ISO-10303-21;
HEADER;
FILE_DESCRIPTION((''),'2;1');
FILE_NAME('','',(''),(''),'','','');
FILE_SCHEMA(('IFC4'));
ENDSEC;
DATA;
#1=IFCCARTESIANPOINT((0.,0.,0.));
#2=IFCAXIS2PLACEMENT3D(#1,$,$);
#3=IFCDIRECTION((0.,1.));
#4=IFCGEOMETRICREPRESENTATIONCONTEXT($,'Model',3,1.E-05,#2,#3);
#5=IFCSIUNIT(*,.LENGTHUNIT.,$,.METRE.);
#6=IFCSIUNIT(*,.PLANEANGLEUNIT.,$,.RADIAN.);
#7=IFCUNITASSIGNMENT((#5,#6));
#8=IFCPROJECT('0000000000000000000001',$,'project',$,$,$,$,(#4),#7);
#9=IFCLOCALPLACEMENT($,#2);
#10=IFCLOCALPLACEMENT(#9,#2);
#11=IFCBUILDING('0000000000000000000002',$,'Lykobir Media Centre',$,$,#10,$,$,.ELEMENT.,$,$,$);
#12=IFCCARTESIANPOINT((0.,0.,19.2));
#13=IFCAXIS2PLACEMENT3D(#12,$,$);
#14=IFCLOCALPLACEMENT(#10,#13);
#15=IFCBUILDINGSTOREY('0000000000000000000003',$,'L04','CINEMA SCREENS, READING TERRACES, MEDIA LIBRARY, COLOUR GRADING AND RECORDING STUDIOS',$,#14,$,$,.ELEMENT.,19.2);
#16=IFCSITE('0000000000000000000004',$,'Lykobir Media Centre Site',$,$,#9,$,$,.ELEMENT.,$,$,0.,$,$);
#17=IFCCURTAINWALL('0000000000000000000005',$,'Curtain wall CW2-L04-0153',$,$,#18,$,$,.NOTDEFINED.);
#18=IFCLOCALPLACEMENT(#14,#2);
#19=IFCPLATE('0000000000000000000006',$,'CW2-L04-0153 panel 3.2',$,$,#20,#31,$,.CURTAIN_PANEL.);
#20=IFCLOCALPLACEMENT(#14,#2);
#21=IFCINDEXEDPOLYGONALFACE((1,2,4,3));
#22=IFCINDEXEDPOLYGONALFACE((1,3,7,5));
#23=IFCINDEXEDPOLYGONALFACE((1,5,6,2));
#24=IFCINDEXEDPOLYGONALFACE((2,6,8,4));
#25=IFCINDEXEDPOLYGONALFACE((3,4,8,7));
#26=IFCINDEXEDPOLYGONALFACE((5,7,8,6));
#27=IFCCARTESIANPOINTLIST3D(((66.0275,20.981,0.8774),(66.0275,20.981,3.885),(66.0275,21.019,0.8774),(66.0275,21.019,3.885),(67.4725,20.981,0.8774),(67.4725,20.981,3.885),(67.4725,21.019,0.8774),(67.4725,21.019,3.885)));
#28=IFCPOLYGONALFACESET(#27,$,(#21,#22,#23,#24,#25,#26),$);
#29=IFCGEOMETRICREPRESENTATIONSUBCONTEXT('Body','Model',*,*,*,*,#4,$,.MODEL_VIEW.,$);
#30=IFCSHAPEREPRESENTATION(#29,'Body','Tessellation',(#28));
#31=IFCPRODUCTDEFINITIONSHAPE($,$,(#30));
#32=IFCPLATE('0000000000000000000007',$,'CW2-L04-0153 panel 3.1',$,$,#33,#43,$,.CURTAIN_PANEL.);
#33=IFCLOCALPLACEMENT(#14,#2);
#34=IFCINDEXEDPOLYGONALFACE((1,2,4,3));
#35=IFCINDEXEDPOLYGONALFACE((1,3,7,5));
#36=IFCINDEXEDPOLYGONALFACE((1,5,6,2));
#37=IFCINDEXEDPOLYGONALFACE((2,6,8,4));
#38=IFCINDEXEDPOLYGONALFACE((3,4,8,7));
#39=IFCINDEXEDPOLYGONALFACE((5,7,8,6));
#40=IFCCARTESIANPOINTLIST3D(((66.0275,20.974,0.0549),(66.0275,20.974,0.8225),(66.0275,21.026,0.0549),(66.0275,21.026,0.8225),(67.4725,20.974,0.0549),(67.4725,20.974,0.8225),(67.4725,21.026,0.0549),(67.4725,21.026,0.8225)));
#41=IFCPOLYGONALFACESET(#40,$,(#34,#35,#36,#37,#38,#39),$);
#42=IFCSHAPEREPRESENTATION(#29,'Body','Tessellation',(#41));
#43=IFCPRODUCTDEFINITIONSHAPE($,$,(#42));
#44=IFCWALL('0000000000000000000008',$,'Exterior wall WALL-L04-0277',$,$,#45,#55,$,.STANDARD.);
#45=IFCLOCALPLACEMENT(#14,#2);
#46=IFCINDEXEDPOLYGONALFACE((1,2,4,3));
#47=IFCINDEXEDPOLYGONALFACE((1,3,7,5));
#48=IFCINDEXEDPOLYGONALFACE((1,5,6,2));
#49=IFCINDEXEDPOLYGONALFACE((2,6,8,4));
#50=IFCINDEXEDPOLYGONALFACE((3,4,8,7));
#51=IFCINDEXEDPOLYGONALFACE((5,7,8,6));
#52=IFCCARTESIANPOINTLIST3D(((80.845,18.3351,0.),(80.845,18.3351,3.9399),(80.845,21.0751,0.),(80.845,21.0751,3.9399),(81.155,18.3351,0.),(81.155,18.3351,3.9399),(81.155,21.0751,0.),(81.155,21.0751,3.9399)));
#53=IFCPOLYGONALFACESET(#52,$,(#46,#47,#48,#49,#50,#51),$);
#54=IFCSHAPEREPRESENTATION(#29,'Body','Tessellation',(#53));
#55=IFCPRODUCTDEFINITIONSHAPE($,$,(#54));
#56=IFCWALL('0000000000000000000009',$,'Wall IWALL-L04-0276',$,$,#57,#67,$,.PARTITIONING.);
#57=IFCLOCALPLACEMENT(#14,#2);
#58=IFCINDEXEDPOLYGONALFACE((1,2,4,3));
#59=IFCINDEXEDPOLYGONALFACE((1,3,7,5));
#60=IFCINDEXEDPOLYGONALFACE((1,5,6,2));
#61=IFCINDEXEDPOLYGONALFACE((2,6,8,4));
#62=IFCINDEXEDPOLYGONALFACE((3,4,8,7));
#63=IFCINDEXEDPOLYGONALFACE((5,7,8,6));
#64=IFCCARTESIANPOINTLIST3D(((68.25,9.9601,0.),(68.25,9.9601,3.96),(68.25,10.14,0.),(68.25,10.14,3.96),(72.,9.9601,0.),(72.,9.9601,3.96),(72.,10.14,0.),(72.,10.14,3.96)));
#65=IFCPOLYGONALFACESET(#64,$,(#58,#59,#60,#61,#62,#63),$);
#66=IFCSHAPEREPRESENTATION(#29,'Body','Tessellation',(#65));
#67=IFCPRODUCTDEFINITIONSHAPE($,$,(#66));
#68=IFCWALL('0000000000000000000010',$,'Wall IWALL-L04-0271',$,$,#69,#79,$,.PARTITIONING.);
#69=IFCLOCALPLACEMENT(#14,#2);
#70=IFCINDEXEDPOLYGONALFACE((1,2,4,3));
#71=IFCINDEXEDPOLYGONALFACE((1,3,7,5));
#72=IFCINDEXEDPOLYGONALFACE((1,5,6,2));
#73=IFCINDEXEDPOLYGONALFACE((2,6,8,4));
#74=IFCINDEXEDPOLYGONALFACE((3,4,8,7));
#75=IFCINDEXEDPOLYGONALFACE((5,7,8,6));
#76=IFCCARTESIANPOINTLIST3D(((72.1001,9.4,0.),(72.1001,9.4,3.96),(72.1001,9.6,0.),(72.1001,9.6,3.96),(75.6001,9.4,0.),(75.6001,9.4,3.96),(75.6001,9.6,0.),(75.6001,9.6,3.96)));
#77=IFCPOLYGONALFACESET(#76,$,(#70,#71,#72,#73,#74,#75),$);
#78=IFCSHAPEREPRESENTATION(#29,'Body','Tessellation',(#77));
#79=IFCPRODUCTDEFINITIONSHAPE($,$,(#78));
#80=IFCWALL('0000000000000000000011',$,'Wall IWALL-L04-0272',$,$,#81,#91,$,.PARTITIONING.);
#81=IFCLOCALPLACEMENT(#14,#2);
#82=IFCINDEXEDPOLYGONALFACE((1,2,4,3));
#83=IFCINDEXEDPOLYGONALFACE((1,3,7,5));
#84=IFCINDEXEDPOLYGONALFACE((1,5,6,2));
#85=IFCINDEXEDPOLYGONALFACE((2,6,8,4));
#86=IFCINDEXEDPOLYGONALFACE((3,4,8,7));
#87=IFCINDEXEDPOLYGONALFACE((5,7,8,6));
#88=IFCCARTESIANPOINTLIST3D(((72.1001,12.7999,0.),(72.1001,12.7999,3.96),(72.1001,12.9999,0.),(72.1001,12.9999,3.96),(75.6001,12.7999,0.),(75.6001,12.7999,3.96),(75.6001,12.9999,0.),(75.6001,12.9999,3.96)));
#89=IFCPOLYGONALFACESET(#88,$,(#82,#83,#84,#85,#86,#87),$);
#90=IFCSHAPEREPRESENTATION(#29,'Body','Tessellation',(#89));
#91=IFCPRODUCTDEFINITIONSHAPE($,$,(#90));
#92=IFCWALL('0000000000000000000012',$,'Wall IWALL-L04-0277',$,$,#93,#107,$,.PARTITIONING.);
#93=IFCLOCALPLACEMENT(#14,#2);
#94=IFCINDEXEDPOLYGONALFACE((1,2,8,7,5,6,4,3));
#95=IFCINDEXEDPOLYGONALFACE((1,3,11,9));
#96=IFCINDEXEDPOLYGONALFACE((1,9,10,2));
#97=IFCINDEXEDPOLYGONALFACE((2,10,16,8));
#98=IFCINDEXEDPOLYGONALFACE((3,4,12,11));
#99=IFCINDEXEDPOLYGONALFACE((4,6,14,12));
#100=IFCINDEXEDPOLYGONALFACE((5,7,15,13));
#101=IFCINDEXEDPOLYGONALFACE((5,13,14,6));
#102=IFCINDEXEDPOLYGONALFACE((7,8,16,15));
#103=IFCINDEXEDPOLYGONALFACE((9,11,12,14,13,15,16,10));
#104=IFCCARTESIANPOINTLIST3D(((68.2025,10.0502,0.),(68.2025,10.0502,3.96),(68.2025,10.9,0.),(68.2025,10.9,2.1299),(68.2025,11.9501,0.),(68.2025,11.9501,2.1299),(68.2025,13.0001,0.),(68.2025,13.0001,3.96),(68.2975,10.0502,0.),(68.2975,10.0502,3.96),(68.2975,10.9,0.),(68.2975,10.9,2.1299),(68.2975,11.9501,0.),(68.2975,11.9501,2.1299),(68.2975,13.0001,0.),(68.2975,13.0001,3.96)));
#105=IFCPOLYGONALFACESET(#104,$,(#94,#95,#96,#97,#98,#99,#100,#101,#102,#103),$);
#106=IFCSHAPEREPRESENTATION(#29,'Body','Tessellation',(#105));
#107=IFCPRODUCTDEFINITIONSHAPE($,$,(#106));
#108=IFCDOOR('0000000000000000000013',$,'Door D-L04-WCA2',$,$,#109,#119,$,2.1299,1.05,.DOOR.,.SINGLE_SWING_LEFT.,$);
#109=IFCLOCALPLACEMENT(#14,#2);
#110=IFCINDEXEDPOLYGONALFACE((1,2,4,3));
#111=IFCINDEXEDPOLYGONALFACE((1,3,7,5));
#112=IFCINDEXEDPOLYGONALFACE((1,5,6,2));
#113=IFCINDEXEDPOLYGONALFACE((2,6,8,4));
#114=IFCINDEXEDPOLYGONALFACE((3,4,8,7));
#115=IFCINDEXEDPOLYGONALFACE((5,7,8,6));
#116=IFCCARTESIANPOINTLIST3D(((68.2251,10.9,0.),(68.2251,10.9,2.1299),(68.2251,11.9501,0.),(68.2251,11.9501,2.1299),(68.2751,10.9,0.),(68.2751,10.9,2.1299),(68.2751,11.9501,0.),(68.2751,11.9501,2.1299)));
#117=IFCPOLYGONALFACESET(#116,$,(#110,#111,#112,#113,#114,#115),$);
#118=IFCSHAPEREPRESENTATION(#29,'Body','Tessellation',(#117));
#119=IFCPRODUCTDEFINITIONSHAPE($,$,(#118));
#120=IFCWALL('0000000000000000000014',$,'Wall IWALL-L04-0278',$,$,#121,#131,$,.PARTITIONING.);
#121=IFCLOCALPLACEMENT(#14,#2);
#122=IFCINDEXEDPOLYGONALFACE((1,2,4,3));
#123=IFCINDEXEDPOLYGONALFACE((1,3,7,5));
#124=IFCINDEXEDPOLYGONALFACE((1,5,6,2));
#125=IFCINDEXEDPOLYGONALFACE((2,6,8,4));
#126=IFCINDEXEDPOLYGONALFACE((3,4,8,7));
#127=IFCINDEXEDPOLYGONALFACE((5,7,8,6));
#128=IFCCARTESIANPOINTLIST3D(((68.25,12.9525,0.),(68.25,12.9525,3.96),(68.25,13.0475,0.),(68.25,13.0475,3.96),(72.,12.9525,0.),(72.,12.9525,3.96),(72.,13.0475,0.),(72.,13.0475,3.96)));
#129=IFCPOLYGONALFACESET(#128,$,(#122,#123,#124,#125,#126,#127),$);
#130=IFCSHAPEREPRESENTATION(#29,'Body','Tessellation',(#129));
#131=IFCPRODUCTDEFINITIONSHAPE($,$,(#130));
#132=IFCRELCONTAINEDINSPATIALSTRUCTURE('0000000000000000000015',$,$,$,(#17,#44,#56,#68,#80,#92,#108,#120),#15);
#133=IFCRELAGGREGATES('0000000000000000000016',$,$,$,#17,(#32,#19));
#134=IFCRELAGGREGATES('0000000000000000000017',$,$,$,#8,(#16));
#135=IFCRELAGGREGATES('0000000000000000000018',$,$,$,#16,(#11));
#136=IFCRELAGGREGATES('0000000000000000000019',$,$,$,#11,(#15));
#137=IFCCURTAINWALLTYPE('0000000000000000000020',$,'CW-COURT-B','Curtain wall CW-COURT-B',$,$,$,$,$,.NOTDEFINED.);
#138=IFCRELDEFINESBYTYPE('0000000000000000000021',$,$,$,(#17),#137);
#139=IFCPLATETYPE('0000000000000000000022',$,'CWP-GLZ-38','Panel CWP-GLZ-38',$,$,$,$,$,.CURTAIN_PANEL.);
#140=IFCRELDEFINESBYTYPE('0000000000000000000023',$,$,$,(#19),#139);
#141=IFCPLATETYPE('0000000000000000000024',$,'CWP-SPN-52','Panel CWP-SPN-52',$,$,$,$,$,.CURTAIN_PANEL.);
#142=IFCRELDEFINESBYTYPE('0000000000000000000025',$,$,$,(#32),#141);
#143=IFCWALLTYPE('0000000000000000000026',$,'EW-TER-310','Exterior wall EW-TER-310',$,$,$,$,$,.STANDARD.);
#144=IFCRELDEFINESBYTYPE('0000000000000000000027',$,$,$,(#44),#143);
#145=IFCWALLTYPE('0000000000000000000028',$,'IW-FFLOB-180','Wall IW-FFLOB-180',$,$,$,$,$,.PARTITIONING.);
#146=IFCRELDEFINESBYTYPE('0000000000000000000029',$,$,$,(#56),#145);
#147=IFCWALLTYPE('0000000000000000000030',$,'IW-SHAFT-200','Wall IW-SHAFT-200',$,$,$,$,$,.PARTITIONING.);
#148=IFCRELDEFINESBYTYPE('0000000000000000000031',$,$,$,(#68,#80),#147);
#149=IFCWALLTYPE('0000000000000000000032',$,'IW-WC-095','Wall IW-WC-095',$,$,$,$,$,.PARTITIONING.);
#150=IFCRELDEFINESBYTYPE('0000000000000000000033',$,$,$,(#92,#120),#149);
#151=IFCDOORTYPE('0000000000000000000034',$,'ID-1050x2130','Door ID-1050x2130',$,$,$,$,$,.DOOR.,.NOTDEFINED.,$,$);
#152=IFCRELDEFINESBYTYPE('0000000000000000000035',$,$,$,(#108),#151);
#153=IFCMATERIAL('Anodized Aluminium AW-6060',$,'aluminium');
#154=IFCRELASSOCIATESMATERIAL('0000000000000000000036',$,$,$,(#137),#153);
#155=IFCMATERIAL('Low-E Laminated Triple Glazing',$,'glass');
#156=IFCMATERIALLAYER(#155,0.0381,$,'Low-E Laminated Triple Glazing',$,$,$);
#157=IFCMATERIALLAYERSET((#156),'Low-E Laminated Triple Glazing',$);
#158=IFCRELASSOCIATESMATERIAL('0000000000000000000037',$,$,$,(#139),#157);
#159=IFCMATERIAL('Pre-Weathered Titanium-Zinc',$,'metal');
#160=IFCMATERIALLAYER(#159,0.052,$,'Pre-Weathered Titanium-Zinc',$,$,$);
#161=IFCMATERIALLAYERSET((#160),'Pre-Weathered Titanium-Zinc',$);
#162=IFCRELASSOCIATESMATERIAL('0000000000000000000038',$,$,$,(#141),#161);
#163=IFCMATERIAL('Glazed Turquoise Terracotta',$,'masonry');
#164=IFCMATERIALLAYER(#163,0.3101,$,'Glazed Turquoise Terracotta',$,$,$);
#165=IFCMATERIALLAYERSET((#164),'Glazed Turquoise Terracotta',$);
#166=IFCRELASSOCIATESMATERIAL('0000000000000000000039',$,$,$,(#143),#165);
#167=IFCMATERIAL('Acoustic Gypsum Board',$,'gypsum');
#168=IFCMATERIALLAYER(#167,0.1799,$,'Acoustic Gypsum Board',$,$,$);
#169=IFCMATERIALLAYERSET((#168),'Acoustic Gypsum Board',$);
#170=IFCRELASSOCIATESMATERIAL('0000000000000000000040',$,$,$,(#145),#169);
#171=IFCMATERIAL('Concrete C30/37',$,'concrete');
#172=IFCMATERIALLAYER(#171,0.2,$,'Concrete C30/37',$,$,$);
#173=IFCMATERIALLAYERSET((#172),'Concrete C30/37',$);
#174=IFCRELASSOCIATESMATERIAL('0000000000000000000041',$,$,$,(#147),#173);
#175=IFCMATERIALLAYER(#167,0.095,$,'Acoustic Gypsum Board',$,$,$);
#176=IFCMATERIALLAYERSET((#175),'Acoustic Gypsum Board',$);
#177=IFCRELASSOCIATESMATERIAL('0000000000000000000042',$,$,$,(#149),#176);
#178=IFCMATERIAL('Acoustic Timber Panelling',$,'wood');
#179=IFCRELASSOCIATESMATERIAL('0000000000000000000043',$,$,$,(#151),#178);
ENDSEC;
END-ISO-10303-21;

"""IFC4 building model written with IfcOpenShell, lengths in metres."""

from ifc_helpers import new_model, si_unit, direction, frame, frame_2d, origin, origin_2d, place, context, subcontext, project, spatial, rectangle, extrude, material, layer, layer_set, type_object, element, fill, aggregate, save


model = new_model("IFC4")

# Units and contexts
model_context = context("Model", 3, precision=1e-05, world=origin(), true_north=direction((0.0, 1.0)))
body_context = subcontext(model_context, "Body", "Model", "MODEL_VIEW")
ifc_project = project(units=[si_unit("LENGTHUNIT", "METRE"), si_unit("PLANEANGLEUNIT", "RADIAN")], contexts=[model_context])

# Site, building, storey
site_placement = place(None, origin())
site = spatial("IfcSite", under=ifc_project, at=site_placement, Name="Lykobir Media Centre Site", CompositionType="ELEMENT", RefElevation=0.0)
building_placement = place(site_placement, origin())
building = spatial("IfcBuilding", under=site, at=building_placement, Name="Lykobir Media Centre", CompositionType="ELEMENT")
storey_placement = place(building_placement, frame((0.0, 0.0, 19.2)))
storey = spatial("IfcBuildingStorey", under=building, at=storey_placement, Name="L04", Description="CINEMA SCREENS, READING TERRACES, MEDIA LIBRARY, COLOUR GRADING AND RECORDING STUDIOS", CompositionType="ELEMENT", Elevation=19.2)

# Curtain wall
ifc_material_1 = material(Name="Anodized Aluminium AW-6060", Category="aluminium")
curtain_wall_type = type_object("IfcCurtainWallType", Name="CW-COURT-B", Description="Curtain wall CW-COURT-B", PredefinedType="NOTDEFINED", material=ifc_material_1)
curtain_wall_placement = place(storey_placement, origin())
curtain_wall = element("IfcCurtainWall", 1, at=curtain_wall_placement, inside=storey, type_object=curtain_wall_type, Name="Curtain wall CW2-L04-0153", PredefinedType="NOTDEFINED")

# Plates
ifc_material_2 = material(Name="Low-E Laminated Triple Glazing", Category="glass")
ifc_layer_1 = layer(ifc_material_2, 0.0381, Name="Low-E Laminated Triple Glazing")
ifc_layer_set_1 = layer_set([ifc_layer_1], Name="Low-E Laminated Triple Glazing")
plate_type_1 = type_object("IfcPlateType", Name="CWP-GLZ-38", Description="Panel CWP-GLZ-38", PredefinedType="CURTAIN_PANEL", material=ifc_layer_set_1)
plate_1_placement = place(storey_placement, frame((66.75, 21.0, 0.8774), z_axis=(0.0, 0.0, 1.0), x_axis=(1.0, 0.0, 0.0)))
plate_1 = element("IfcPlate", 2, at=plate_1_placement, type_object=plate_type_1, Name="CW2-L04-0153 panel 3.2", PredefinedType="CURTAIN_PANEL", context=body_context, shape_type="SweptSolid", body=[
    extrude(rectangle(XDim=1.4451, YDim=0.0381, at=origin_2d()), origin(), (0.0, 0.0, 1.0), 3.0076),
])
ifc_material_3 = material(Name="Pre-Weathered Titanium-Zinc", Category="metal")
ifc_layer_2 = layer(ifc_material_3, 0.052, Name="Pre-Weathered Titanium-Zinc")
ifc_layer_set_2 = layer_set([ifc_layer_2], Name="Pre-Weathered Titanium-Zinc")
plate_type_2 = type_object("IfcPlateType", Name="CWP-SPN-52", Description="Panel CWP-SPN-52", PredefinedType="CURTAIN_PANEL", material=ifc_layer_set_2)
plate_2_placement = place(storey_placement, frame((66.75, 21.0, 0.0549), z_axis=(0.0, 0.0, 1.0), x_axis=(1.0, 0.0, 0.0)))
plate_2 = element("IfcPlate", 3, at=plate_2_placement, type_object=plate_type_2, Name="CW2-L04-0153 panel 3.1", PredefinedType="CURTAIN_PANEL", context=body_context, shape_type="SweptSolid", body=[
    extrude(rectangle(XDim=1.4451, YDim=0.052, at=origin_2d()), origin(), (0.0, 0.0, 1.0), 0.7676),
])
aggregate(curtain_wall, [plate_2, plate_1])

# Walls
ifc_material_4 = material(Name="Glazed Turquoise Terracotta", Category="masonry")
ifc_layer_3 = layer(ifc_material_4, 0.3101, Name="Glazed Turquoise Terracotta")
ifc_layer_set_3 = layer_set([ifc_layer_3], Name="Glazed Turquoise Terracotta")
wall_type_1 = type_object("IfcWallType", Name="EW-TER-310", Description="Exterior wall EW-TER-310", PredefinedType="STANDARD", material=ifc_layer_set_3)
wall_1_placement = place(storey_placement, frame((81.0, 18.335, 0.0), z_axis=(0.0, 0.0, 1.0), x_axis=(0.0, 1.0, 0.0)))
element("IfcWall", 4, at=wall_1_placement, inside=storey, type_object=wall_type_1, Name="Exterior wall WALL-L04-0277", PredefinedType="STANDARD", context=body_context, shape_type="SweptSolid", body=[
    extrude(rectangle(XDim=2.74, YDim=0.3101, at=frame_2d((1.3701, 0.0))), origin(), (0.0, 0.0, 1.0), 3.9399),
])
ifc_material_5 = material(Name="Acoustic Gypsum Board", Category="gypsum")
ifc_layer_4 = layer(ifc_material_5, 0.1799, Name="Acoustic Gypsum Board")
ifc_layer_set_4 = layer_set([ifc_layer_4], Name="Acoustic Gypsum Board")
wall_type_2 = type_object("IfcWallType", Name="IW-FFLOB-180", Description="Wall IW-FFLOB-180", PredefinedType="PARTITIONING", material=ifc_layer_set_4)
wall_2_placement = place(storey_placement, frame((68.25, 10.05, 0.0), z_axis=(0.0, 0.0, 1.0), x_axis=(1.0, 0.0, 0.0)))
element("IfcWall", 5, at=wall_2_placement, inside=storey, type_object=wall_type_2, Name="Wall IWALL-L04-0276", PredefinedType="PARTITIONING", context=body_context, shape_type="SweptSolid", body=[
    extrude(rectangle(XDim=3.75, YDim=0.1799, at=frame_2d((1.875, 0.0))), origin(), (0.0, 0.0, 1.0), 3.96),
])
ifc_material_6 = material(Name="Concrete C30/37", Category="concrete")
ifc_layer_5 = layer(ifc_material_6, 0.2, Name="Concrete C30/37")
ifc_layer_set_5 = layer_set([ifc_layer_5], Name="Concrete C30/37")
wall_type_3 = type_object("IfcWallType", Name="IW-SHAFT-200", Description="Wall IW-SHAFT-200", PredefinedType="PARTITIONING", material=ifc_layer_set_5)
for number, where, z_axis, x_axis, name in (
    (6, (72.1001, 9.5, 0.0), (0.0, 0.0, 1.0), (1.0, 0.0, 0.0), "Wall IWALL-L04-0271"),
    (7, (72.1001, 12.8999, 0.0), (0.0, 0.0, 1.0), (1.0, 0.0, 0.0), "Wall IWALL-L04-0272"),
):
    element("IfcWall", number, at=place(storey_placement, frame(where, z_axis=z_axis, x_axis=x_axis)), inside=storey, type_object=wall_type_3, Name=name, PredefinedType="PARTITIONING", context=body_context, shape_type="SweptSolid", body=[
        extrude(rectangle(XDim=3.5, YDim=0.2, at=frame_2d((1.75, 0.0))), origin(), (0.0, 0.0, 1.0), 3.96),
    ])

# Wall, opening, door
ifc_layer_6 = layer(ifc_material_5, 0.095, Name="Acoustic Gypsum Board")
ifc_layer_set_6 = layer_set([ifc_layer_6], Name="Acoustic Gypsum Board")
wall_type_4 = type_object("IfcWallType", Name="IW-WC-095", Description="Wall IW-WC-095", PredefinedType="PARTITIONING", material=ifc_layer_set_6)
wall_3_placement = place(storey_placement, frame((68.25, 10.05, 0.0), z_axis=(0.0, 0.0, 1.0), x_axis=(0.0, 1.0, 0.0)))
wall_3 = element("IfcWall", 8, at=wall_3_placement, inside=storey, type_object=wall_type_4, Name="Wall IWALL-L04-0277", PredefinedType="PARTITIONING", context=body_context, shape_type="SweptSolid", body=[
    extrude(rectangle(XDim=2.95, YDim=0.095, at=frame_2d((1.4751, 0.0))), origin(), (0.0, 0.0, 1.0), 3.96),
])
opening_1_placement = place(wall_3_placement, frame((0.8501, 0.0, 0.0)))
opening_1 = element("IfcOpeningElement", 9, at=opening_1_placement, cuts=wall_3, PredefinedType="OPENING", context=body_context, shape_type="SweptSolid", body=[
    extrude(rectangle(XDim=1.05, YDim=2.1299, at=frame_2d((0.5249, 1.0649))), frame((0.0, 0.0574, 0.0), z_axis=(0.0, -1.0, 0.0), x_axis=(1.0, 0.0, 0.0)), (0.0, 0.0, 1.0), 0.115),
])
ifc_material_7 = material(Name="Acoustic Timber Panelling", Category="wood")
door_type_1 = type_object("IfcDoorType", Name="ID-1050x2130", Description="Door ID-1050x2130", OperationType="NOTDEFINED", PredefinedType="DOOR", material=ifc_material_7)
door_1_placement = place(opening_1_placement, origin())
door_1 = element("IfcDoor", 10, at=door_1_placement, inside=storey, type_object=door_type_1, Name="Door D-L04-WCA2", OperationType="SINGLE_SWING_LEFT", OverallHeight=2.1299, OverallWidth=1.05, PredefinedType="DOOR", context=body_context, shape_type="SweptSolid", body=[
    extrude(rectangle(XDim=1.05, YDim=2.1299, at=frame_2d((0.5249, 1.0649))), frame((0.0, 0.0249, 0.0), z_axis=(0.0, -1.0, 0.0), x_axis=(1.0, 0.0, 0.0)), (0.0, 0.0, 1.0), 0.05),
])
fill(opening_1, door_1)

# Wall
wall_4_placement = place(storey_placement, frame((68.25, 13.0, 0.0), z_axis=(0.0, 0.0, 1.0), x_axis=(1.0, 0.0, 0.0)))
element("IfcWall", 11, at=wall_4_placement, inside=storey, type_object=wall_type_4, Name="Wall IWALL-L04-0278", PredefinedType="PARTITIONING", context=body_context, shape_type="SweptSolid", body=[
    extrude(rectangle(XDim=3.75, YDim=0.095, at=frame_2d((1.875, 0.0))), origin(), (0.0, 0.0, 1.0), 3.96),
])

save(model, "model.ifc")
